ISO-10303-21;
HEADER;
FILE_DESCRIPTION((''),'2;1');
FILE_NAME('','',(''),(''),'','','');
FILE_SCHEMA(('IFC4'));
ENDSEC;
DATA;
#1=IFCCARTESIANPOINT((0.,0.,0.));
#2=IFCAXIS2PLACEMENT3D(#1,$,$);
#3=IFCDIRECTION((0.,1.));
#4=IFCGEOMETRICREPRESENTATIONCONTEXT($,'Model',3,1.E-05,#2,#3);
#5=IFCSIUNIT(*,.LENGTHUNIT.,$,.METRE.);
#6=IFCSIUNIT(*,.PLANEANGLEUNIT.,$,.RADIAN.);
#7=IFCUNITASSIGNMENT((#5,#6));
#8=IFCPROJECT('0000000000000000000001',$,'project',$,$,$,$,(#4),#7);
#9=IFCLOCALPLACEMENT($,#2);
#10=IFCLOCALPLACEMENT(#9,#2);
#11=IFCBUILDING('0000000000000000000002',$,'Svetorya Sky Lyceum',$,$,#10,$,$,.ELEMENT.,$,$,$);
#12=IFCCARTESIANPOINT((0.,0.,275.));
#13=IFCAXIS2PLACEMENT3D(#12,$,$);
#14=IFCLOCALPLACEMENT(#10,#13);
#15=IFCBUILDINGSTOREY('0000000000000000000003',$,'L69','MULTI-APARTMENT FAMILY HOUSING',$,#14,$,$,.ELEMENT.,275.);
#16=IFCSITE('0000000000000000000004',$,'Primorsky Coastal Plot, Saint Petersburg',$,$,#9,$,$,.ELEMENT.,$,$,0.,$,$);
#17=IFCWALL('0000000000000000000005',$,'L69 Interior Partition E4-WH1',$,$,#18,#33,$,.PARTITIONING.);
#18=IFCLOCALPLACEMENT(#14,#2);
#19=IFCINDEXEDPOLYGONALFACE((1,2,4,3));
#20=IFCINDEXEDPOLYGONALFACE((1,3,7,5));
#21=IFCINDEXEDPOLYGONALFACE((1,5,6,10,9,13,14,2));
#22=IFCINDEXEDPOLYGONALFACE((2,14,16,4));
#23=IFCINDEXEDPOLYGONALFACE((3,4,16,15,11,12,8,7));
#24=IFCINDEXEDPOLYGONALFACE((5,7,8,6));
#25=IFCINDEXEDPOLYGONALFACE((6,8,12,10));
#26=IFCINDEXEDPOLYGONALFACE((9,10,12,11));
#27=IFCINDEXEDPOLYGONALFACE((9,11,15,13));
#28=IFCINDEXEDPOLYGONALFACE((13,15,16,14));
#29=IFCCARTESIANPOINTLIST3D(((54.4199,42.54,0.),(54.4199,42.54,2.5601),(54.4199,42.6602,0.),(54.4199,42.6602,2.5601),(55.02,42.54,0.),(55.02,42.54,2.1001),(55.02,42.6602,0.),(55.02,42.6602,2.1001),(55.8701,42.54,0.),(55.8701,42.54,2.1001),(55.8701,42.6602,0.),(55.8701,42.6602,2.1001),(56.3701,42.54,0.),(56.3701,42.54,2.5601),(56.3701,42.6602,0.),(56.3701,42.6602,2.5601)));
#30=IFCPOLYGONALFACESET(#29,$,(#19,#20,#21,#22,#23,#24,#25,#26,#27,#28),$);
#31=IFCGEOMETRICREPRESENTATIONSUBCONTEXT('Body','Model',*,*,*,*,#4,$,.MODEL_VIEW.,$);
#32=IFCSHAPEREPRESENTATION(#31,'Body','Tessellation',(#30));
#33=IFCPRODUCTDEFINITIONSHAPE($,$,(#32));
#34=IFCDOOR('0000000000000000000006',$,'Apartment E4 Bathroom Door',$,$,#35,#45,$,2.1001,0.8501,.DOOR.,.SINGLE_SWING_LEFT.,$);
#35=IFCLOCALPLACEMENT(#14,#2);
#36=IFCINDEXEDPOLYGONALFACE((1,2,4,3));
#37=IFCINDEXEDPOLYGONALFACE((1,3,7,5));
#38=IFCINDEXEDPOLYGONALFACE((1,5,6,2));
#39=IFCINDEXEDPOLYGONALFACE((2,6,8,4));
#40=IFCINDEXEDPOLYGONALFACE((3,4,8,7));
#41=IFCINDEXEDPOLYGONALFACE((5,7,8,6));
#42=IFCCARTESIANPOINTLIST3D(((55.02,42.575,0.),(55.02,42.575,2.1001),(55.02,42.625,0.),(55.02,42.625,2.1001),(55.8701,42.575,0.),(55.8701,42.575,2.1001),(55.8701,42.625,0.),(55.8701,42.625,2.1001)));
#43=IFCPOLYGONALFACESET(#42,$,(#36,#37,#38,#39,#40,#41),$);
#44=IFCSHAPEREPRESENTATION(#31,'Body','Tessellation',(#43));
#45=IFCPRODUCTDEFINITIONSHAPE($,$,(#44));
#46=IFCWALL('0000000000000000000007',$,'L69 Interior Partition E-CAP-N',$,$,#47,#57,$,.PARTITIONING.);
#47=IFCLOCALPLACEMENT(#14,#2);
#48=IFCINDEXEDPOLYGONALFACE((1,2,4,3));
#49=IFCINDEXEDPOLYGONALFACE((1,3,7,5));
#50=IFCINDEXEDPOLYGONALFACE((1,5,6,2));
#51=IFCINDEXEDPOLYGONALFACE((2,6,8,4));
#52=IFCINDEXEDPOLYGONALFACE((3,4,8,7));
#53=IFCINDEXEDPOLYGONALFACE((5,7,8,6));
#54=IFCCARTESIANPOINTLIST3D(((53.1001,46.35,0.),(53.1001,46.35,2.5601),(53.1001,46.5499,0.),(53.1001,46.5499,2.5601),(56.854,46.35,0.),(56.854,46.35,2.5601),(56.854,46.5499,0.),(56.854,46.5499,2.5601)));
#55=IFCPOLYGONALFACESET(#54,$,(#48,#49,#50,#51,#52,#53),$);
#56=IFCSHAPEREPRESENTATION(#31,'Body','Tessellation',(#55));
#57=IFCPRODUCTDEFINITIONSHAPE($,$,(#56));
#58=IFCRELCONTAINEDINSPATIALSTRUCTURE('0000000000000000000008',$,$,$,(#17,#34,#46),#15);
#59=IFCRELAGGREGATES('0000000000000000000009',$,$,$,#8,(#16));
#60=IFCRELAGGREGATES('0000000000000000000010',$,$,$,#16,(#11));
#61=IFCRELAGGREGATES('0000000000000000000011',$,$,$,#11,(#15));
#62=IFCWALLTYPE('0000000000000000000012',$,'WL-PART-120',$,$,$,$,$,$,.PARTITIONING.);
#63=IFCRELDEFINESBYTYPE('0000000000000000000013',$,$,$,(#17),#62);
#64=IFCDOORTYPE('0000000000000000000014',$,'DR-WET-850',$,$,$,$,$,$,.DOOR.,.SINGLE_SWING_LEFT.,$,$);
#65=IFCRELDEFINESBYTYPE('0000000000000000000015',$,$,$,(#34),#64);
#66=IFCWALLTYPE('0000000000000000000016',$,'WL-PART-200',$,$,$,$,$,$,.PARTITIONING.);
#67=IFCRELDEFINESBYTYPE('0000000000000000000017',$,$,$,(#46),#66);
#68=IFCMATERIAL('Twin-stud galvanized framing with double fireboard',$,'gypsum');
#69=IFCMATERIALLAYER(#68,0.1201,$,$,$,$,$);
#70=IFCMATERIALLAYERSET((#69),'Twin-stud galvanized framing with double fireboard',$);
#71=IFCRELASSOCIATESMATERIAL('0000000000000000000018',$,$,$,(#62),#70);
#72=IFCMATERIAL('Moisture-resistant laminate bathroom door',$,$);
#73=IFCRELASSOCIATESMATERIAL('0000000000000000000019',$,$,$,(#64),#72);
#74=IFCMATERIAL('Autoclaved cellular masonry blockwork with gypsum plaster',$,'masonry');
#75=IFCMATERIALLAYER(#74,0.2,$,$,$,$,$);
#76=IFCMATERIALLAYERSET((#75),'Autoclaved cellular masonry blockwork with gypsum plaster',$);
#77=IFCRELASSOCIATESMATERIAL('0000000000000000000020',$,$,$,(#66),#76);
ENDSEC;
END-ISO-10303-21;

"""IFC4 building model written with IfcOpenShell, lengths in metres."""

from ifc_helpers import new_model, si_unit, direction, frame, frame_2d, origin, place, context, subcontext, project, spatial, rectangle, extrude, material, layer, layer_set, type_object, element, fill, save


model = new_model("IFC4")

# Units and contexts
model_context = context("Model", 3, precision=1e-05, world=origin(), true_north=direction((0.0, 1.0)))
body_context = subcontext(model_context, "Body", "Model", "MODEL_VIEW")
ifc_project = project(units=[si_unit("LENGTHUNIT", "METRE"), si_unit("PLANEANGLEUNIT", "RADIAN")], contexts=[model_context])

# Site, building, storey
site_placement = place(None, origin())
site = spatial("IfcSite", under=ifc_project, at=site_placement, Name="Primorsky Coastal Plot, Saint Petersburg", CompositionType="ELEMENT", RefElevation=0.0)
building_placement = place(site_placement, origin())
building = spatial("IfcBuilding", under=site, at=building_placement, Name="Svetorya Sky Lyceum", CompositionType="ELEMENT")
storey_placement = place(building_placement, frame((0.0, 0.0, 275.0)))
storey = spatial("IfcBuildingStorey", under=building, at=storey_placement, Name="L69", Description="MULTI-APARTMENT FAMILY HOUSING", CompositionType="ELEMENT", Elevation=275.0)

# Wall, opening, door
ifc_material_1 = material(Name="Twin-stud galvanized framing with double fireboard", Category="gypsum")
ifc_layer_1 = layer(ifc_material_1, 0.1201)
ifc_layer_set_1 = layer_set([ifc_layer_1], Name="Twin-stud galvanized framing with double fireboard")
wall_type_1 = type_object("IfcWallType", Name="WL-PART-120", PredefinedType="PARTITIONING", material=ifc_layer_set_1)
wall_1_placement = place(storey_placement, frame((54.4199, 42.6001, 0.0), z_axis=(0.0, 0.0, 1.0), x_axis=(1.0, 0.0, 0.0)))
wall_1 = element("IfcWall", 1, at=wall_1_placement, inside=storey, type_object=wall_type_1, Name="L69 Interior Partition E4-WH1", PredefinedType="PARTITIONING", context=body_context, shape_type="SweptSolid", body=[
    extrude(rectangle(XDim=1.9502, YDim=0.1201, at=frame_2d((0.9751, 0.0))), origin(), (0.0, 0.0, 1.0), 2.5601),
])
opening_placement = place(wall_1_placement, frame((0.6001, 0.0, 0.0)))
opening = element("IfcOpeningElement", 2, at=opening_placement, cuts=wall_1, PredefinedType="OPENING", context=body_context, shape_type="SweptSolid", body=[
    extrude(rectangle(XDim=0.8501, YDim=2.1001, at=frame_2d((0.425, 1.05))), frame((0.0, 0.0701, 0.0), z_axis=(0.0, -1.0, 0.0), x_axis=(1.0, 0.0, 0.0)), (0.0, 0.0, 1.0), 0.1401),
])
ifc_material_2 = material(Name="Moisture-resistant laminate bathroom door")
door_type = type_object("IfcDoorType", Name="DR-WET-850", OperationType="SINGLE_SWING_LEFT", PredefinedType="DOOR", material=ifc_material_2)
door_placement = place(opening_placement, origin())
door = element("IfcDoor", 3, at=door_placement, inside=storey, type_object=door_type, Name="Apartment E4 Bathroom Door", OperationType="SINGLE_SWING_LEFT", OverallHeight=2.1001, OverallWidth=0.8501, PredefinedType="DOOR", context=body_context, shape_type="SweptSolid", body=[
    extrude(rectangle(XDim=0.8501, YDim=2.1001, at=frame_2d((0.425, 1.05))), frame((0.0, 0.0249, 0.0), z_axis=(0.0, -1.0, 0.0), x_axis=(1.0, 0.0, 0.0)), (0.0, 0.0, 1.0), 0.05),
])
fill(opening, door)

# Wall
ifc_material_3 = material(Name="Autoclaved cellular masonry blockwork with gypsum plaster", Category="masonry")
ifc_layer_2 = layer(ifc_material_3, 0.2)
ifc_layer_set_2 = layer_set([ifc_layer_2], Name="Autoclaved cellular masonry blockwork with gypsum plaster")
wall_type_2 = type_object("IfcWallType", Name="WL-PART-200", PredefinedType="PARTITIONING", material=ifc_layer_set_2)
wall_2_placement = place(storey_placement, frame((53.1001, 46.45, 0.0), z_axis=(0.0, 0.0, 1.0), x_axis=(1.0, 0.0, 0.0)))
element("IfcWall", 4, at=wall_2_placement, inside=storey, type_object=wall_type_2, Name="L69 Interior Partition E-CAP-N", PredefinedType="PARTITIONING", context=body_context, shape_type="SweptSolid", body=[
    extrude(rectangle(XDim=3.7539, YDim=0.2, at=frame_2d((1.877, 0.0))), origin(), (0.0, 0.0, 1.0), 2.5601),
])

save(model, "model.ifc")
